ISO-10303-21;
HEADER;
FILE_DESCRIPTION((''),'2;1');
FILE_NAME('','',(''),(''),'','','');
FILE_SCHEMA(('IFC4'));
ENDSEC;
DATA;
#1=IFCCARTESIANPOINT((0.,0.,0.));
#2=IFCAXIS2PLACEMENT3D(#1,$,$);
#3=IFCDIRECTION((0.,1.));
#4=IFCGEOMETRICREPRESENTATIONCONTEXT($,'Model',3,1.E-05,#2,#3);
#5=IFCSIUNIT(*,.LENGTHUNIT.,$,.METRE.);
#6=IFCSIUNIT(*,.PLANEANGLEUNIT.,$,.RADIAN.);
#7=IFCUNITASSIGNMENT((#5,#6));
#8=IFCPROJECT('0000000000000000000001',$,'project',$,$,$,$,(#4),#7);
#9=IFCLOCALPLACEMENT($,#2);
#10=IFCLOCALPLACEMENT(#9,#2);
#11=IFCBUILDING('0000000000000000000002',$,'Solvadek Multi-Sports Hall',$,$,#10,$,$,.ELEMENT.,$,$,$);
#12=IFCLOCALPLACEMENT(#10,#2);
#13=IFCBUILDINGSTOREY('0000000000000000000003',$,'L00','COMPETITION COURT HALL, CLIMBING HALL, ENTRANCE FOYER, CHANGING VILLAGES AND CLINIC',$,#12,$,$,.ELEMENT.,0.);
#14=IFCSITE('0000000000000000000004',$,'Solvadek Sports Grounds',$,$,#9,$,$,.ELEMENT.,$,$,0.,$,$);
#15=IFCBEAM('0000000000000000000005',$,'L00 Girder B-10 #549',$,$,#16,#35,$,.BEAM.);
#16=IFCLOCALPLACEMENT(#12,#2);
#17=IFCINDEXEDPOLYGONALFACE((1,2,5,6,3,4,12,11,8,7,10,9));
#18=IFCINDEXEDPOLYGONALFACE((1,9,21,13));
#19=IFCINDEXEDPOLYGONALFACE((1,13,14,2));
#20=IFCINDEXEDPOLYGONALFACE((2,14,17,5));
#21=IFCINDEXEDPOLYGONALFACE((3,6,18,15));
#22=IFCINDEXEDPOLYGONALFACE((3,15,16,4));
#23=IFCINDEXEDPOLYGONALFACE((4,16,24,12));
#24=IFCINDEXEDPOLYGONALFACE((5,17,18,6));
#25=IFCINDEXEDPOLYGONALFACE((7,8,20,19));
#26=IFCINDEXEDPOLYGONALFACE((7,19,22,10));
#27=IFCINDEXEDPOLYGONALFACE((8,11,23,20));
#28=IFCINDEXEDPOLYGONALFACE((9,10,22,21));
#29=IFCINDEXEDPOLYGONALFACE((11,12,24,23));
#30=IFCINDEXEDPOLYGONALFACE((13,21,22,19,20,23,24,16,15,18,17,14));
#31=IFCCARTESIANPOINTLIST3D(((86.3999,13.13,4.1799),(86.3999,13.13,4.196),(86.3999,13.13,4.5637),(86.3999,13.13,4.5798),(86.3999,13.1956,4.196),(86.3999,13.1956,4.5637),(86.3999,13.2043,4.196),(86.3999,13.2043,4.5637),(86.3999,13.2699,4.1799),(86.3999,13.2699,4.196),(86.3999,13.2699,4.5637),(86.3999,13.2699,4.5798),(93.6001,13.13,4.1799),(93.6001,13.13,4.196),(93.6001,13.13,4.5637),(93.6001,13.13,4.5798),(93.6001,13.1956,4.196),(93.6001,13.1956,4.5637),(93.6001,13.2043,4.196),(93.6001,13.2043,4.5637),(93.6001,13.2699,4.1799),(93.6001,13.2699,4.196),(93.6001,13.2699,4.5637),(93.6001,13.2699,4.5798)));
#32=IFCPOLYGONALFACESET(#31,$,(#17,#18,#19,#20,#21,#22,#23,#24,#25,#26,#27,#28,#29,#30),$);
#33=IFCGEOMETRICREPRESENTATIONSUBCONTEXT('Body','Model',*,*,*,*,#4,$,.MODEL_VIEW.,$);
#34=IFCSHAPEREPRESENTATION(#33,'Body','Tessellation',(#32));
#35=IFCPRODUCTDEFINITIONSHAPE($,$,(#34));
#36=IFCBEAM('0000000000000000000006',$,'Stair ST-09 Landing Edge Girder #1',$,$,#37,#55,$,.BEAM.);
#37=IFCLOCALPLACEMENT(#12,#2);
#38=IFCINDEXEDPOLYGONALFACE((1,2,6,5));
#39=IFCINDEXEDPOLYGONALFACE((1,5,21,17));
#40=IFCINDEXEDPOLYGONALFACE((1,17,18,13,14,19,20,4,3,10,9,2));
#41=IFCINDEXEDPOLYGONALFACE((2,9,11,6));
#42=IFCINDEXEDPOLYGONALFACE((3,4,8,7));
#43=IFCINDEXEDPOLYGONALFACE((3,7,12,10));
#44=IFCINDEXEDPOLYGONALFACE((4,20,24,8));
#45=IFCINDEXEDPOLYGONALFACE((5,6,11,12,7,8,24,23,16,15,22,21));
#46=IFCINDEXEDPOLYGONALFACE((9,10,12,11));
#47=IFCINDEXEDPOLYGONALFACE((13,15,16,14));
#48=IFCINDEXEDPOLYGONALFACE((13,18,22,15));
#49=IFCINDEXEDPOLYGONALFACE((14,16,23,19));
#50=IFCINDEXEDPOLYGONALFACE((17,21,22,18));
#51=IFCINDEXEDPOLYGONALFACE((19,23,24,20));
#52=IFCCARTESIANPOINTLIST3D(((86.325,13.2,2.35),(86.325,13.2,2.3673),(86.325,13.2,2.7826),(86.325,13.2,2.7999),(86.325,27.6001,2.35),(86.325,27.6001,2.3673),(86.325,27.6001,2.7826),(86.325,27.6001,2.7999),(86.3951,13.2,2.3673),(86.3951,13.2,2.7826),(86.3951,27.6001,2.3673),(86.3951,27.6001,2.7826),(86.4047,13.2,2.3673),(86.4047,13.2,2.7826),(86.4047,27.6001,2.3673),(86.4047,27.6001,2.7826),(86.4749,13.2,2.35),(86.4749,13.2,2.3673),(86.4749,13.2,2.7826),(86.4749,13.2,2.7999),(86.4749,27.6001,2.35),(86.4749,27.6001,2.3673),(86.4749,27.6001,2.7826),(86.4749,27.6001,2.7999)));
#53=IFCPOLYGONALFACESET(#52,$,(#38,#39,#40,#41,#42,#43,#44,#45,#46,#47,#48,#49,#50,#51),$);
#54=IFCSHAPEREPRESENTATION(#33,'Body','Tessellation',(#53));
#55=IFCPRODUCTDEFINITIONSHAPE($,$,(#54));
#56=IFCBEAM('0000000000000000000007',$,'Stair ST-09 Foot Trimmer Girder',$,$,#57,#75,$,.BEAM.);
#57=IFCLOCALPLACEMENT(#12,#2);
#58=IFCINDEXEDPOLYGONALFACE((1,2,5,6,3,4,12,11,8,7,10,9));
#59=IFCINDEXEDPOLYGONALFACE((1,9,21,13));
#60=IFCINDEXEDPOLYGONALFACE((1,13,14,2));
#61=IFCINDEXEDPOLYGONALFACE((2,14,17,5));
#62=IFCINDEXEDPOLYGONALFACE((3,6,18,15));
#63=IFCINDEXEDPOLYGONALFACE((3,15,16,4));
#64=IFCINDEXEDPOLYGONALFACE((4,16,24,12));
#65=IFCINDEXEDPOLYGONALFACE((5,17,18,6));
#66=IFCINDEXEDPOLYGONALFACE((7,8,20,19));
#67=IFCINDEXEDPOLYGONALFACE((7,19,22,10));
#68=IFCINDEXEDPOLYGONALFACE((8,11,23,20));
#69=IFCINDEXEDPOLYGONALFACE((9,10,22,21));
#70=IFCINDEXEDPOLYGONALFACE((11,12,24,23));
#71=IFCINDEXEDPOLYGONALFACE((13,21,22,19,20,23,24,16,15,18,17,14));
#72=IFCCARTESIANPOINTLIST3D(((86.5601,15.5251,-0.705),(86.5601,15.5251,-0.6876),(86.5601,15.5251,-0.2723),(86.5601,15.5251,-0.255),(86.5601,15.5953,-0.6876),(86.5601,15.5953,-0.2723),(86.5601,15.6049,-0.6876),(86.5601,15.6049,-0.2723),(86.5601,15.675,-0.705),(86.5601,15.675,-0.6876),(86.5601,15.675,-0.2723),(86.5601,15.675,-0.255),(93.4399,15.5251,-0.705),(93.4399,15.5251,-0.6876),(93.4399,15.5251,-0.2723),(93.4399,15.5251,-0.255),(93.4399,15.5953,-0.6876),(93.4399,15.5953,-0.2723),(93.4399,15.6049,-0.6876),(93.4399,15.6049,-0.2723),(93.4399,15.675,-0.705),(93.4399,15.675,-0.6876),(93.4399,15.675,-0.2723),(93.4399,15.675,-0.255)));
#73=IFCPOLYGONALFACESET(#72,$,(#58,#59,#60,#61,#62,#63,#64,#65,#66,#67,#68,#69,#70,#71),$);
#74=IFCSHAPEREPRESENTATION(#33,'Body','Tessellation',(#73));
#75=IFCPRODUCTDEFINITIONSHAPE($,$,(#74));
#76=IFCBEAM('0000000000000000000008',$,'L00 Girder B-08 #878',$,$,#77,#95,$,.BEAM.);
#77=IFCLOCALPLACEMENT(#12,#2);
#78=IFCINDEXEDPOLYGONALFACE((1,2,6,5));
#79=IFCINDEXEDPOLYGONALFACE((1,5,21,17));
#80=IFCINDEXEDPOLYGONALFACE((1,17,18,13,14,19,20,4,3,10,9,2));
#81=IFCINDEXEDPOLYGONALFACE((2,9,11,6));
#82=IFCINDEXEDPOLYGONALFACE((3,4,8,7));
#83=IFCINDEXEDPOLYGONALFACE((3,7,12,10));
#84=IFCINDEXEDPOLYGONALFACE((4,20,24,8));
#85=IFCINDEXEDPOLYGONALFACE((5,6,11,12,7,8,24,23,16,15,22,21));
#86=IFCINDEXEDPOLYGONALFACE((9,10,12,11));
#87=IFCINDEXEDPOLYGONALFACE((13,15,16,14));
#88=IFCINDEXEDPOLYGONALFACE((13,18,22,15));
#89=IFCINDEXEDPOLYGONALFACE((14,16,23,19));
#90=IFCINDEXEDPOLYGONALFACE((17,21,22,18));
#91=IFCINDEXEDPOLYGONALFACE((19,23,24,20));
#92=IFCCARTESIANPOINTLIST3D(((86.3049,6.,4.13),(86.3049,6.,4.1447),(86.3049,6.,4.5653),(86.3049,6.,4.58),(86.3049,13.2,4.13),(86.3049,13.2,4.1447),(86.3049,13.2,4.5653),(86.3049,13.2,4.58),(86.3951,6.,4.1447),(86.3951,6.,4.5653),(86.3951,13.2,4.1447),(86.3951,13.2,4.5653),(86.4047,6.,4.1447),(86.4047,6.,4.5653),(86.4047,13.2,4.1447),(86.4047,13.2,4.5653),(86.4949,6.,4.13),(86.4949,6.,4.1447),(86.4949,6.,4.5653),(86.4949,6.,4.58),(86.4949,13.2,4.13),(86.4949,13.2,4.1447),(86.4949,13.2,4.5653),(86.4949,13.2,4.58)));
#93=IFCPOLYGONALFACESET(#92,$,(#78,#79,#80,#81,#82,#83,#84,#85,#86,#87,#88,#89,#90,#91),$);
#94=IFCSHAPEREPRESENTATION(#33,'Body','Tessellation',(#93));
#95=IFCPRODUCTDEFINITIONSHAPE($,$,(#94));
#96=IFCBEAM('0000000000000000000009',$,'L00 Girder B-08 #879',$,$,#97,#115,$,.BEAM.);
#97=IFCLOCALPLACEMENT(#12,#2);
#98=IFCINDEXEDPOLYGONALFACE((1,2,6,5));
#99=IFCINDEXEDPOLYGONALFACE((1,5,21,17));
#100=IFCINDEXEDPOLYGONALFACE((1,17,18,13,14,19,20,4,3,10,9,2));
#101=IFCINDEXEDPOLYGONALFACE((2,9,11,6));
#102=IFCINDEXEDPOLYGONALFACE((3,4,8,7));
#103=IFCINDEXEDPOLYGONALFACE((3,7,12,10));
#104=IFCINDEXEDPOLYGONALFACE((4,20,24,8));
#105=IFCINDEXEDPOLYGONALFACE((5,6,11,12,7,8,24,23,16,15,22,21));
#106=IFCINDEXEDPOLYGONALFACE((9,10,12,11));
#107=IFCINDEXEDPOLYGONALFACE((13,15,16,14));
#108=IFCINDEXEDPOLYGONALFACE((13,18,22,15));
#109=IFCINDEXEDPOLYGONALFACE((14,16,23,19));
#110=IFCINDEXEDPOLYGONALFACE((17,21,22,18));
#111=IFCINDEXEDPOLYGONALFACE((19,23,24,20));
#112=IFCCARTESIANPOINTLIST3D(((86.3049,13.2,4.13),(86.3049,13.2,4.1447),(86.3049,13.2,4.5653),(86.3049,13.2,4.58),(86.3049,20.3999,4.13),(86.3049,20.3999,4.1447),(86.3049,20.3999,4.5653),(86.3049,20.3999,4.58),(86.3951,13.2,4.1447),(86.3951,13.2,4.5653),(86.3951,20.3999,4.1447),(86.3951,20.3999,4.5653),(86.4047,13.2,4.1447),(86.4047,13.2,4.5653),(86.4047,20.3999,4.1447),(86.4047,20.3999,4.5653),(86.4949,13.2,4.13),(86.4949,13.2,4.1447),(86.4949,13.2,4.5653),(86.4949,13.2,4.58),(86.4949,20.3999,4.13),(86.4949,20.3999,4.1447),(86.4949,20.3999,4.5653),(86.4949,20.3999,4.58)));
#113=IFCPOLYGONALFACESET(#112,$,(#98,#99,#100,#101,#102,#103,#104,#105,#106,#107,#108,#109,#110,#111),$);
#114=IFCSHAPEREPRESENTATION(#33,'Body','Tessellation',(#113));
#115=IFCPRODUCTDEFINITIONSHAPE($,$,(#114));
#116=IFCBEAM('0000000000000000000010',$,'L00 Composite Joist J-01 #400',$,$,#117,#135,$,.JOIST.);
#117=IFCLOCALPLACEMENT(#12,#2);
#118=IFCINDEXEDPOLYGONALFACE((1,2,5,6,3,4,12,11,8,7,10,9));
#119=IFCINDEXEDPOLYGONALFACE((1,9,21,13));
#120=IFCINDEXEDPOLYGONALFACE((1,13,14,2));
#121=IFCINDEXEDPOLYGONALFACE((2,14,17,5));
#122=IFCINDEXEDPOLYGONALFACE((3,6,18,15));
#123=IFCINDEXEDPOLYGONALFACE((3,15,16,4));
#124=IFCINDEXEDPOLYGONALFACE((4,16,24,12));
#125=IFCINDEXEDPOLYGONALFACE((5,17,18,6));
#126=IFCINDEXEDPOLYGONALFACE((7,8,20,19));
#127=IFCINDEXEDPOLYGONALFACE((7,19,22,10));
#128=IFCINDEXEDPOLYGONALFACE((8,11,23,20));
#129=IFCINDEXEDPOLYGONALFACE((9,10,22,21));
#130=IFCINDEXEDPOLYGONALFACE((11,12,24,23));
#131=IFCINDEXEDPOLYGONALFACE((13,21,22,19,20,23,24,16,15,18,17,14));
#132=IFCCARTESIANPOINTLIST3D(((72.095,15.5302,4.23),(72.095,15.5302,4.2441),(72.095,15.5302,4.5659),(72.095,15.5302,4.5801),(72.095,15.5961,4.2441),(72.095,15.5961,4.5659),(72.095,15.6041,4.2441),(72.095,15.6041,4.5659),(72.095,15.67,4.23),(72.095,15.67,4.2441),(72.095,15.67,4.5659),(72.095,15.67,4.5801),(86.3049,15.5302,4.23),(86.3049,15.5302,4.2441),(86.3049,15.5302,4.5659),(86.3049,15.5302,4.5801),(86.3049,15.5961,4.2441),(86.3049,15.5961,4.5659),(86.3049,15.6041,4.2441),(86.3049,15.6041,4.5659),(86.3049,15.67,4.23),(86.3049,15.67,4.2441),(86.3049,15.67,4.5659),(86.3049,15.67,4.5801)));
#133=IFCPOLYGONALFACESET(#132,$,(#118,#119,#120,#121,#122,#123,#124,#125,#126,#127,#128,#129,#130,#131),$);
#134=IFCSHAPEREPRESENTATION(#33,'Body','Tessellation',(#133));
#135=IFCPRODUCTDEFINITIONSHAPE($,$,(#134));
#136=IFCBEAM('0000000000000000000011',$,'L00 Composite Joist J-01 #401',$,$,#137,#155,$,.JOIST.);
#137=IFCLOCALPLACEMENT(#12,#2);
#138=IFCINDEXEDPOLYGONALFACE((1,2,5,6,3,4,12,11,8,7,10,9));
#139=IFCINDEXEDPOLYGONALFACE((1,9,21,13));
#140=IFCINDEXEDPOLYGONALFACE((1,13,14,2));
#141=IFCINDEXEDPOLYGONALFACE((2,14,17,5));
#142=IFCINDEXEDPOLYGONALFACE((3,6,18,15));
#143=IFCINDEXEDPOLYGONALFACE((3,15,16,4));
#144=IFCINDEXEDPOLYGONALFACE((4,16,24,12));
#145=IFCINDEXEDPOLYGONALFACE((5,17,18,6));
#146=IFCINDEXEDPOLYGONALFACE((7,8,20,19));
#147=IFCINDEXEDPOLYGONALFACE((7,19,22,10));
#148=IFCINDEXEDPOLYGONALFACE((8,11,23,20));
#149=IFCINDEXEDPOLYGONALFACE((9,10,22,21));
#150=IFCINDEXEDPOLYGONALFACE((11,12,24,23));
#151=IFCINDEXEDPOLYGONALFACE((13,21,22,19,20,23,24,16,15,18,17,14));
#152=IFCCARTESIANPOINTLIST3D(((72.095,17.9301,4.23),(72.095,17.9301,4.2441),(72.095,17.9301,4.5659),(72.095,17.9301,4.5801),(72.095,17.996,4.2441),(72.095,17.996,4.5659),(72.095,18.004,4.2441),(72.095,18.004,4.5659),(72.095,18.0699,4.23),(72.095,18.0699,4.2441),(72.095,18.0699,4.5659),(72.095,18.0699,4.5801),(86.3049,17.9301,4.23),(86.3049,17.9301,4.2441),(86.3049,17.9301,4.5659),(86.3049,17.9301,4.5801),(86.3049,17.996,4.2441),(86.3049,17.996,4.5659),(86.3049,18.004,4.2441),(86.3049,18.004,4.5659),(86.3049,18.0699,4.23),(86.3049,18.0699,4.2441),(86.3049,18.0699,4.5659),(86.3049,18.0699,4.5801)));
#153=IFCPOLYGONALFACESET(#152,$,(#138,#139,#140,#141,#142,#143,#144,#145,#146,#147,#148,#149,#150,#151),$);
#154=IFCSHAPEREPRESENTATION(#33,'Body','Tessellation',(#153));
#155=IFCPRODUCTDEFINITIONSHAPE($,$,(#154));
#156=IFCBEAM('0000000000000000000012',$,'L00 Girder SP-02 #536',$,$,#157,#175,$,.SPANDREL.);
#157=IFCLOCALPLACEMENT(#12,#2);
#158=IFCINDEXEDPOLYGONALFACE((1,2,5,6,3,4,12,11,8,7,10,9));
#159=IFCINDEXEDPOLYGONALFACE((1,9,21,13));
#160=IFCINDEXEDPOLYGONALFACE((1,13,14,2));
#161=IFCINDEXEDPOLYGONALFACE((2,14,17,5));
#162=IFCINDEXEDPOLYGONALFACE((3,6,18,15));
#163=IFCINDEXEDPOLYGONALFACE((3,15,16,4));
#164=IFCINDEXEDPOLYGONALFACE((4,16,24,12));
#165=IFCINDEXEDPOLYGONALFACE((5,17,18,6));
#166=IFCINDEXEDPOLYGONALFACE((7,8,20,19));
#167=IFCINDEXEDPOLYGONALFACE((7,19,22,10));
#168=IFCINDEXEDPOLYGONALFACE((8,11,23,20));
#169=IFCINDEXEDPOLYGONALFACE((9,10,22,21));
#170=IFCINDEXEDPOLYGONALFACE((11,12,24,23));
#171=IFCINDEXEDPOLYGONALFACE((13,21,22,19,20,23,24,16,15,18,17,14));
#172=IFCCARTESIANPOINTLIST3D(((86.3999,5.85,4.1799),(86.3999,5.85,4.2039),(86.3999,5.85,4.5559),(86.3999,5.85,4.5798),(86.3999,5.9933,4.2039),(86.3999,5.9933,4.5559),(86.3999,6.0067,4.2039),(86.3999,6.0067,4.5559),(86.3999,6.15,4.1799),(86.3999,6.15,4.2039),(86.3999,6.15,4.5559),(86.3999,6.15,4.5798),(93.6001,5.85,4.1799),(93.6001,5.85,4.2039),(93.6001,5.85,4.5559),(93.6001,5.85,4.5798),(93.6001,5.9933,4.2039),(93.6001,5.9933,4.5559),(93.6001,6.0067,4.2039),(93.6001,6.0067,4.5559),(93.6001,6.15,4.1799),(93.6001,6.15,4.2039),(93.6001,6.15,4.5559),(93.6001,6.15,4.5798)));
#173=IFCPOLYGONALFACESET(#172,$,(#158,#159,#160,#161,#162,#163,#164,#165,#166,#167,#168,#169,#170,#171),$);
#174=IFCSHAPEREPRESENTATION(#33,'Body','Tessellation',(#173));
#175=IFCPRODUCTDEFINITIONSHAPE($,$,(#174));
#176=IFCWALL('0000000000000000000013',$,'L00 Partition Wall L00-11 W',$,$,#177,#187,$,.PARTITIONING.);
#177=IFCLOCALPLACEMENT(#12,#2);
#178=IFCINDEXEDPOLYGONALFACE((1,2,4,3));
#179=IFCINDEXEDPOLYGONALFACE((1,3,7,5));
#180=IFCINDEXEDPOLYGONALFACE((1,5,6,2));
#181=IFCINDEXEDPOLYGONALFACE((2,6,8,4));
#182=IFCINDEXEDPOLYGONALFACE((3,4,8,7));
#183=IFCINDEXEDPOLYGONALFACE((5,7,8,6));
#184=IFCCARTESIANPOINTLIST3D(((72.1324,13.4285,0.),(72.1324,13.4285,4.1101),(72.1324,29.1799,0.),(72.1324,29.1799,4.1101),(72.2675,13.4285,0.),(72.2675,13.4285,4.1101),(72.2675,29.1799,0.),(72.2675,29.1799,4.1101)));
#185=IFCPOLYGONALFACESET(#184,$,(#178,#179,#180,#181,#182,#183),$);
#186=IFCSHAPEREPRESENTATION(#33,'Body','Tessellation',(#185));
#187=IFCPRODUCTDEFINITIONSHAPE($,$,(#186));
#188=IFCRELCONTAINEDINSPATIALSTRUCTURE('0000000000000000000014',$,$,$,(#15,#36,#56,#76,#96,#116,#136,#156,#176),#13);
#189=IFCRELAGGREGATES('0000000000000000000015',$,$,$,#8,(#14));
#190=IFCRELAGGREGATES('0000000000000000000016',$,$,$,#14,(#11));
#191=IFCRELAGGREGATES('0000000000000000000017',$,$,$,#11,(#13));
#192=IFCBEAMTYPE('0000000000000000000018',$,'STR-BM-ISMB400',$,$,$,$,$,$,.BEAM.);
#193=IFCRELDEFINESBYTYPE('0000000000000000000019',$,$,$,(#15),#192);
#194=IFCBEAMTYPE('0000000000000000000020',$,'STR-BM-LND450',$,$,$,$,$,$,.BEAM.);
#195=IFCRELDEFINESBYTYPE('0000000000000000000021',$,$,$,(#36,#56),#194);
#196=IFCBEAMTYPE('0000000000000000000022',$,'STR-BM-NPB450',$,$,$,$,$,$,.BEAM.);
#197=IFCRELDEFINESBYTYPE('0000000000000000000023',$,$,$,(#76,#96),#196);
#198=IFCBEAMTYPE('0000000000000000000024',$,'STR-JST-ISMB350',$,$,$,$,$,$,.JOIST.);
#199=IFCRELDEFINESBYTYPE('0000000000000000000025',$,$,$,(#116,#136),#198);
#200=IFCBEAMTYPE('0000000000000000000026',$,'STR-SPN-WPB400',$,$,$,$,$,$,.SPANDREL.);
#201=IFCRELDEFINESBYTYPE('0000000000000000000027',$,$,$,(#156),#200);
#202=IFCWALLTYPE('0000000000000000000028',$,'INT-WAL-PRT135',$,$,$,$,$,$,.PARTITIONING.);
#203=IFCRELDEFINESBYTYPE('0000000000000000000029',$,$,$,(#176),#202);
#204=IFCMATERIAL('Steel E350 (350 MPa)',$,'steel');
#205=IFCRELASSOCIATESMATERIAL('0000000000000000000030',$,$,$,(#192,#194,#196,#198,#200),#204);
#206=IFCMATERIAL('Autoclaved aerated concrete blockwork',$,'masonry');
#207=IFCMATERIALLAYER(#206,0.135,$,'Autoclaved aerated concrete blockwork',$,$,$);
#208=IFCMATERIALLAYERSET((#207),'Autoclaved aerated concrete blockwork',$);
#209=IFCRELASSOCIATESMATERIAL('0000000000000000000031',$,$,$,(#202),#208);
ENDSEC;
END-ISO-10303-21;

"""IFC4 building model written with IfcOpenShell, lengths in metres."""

from ifc_helpers import new_model, si_unit, direction, frame, frame_2d, origin, origin_2d, place, context, subcontext, project, spatial, rectangle, i_section, extrude, material, layer, layer_set, material_profile, profile_set, type_object, element, save


model = new_model("IFC4")

# Units and contexts
model_context = context("Model", 3, precision=1e-05, world=origin(), true_north=direction((0.0, 1.0)))
body_context = subcontext(model_context, "Body", "Model", "MODEL_VIEW")
ifc_project = project(units=[si_unit("LENGTHUNIT", "METRE"), si_unit("PLANEANGLEUNIT", "RADIAN")], contexts=[model_context])

# Site, building, storey
site_placement = place(None, origin())
site = spatial("IfcSite", under=ifc_project, at=site_placement, Name="Solvadek Sports Grounds", CompositionType="ELEMENT", RefElevation=0.0)
building_placement = place(site_placement, origin())
building = spatial("IfcBuilding", under=site, at=building_placement, Name="Solvadek Multi-Sports Hall", CompositionType="ELEMENT")
storey_placement = place(building_placement, origin())
storey = spatial("IfcBuildingStorey", under=building, at=storey_placement, Name="L00", Description="COMPETITION COURT HALL, CLIMBING HALL, ENTRANCE FOYER, CHANGING VILLAGES AND CLINIC", CompositionType="ELEMENT", Elevation=0.0)

# Shared definitions
ifc_material_1 = material(Name="Steel E350 (350 MPa)", Category="steel")

# Beams
ifc_material_profile_1 = material_profile(ifc_material_1, i_section(OverallWidth=0.1399, OverallDepth=0.3999, WebThickness=0.0088, FlangeThickness=0.0161, at=origin_2d()), Name="ISMB 400")
ifc_profile_set_1 = profile_set([ifc_material_profile_1], Name="Steel E350 (350 MPa)")
beam_type_1 = type_object("IfcBeamType", Name="STR-BM-ISMB400", PredefinedType="BEAM", material=ifc_profile_set_1)
beam_1_placement = place(storey_placement, frame((86.3999, 13.2, 4.3799), z_axis=(1.0, 0.0, 0.0), x_axis=(0.0, 1.0, 0.0)))
element("IfcBeam", 1, at=beam_1_placement, inside=storey, type_object=beam_type_1, Name="L00 Girder B-10 #549", PredefinedType="BEAM", context=body_context, shape_type="SweptSolid", body=[
    extrude(i_section(OverallWidth=0.1399, OverallDepth=0.3999, WebThickness=0.0088, FlangeThickness=0.0161, at=origin_2d()), origin(), (0.0, 0.0, 1.0), 7.2002),
])
ifc_material_profile_2 = material_profile(ifc_material_1, i_section(OverallWidth=0.1499, OverallDepth=0.45, WebThickness=0.0095, FlangeThickness=0.0173, at=origin_2d()), Name="ISMB 450")
ifc_profile_set_2 = profile_set([ifc_material_profile_2], Name="Steel E350 (350 MPa)")
beam_type_2 = type_object("IfcBeamType", Name="STR-BM-LND450", PredefinedType="BEAM", material=ifc_profile_set_2)
beam_2_placement = place(storey_placement, frame((86.3999, 13.2, 2.575), z_axis=(0.0, 1.0, 0.0), x_axis=(-1.0, 0.0, 0.0)))
element("IfcBeam", 2, at=beam_2_placement, inside=storey, type_object=beam_type_2, Name="Stair ST-09 Landing Edge Girder #1", PredefinedType="BEAM", context=body_context, shape_type="SweptSolid", body=[
    extrude(i_section(OverallWidth=0.1499, OverallDepth=0.45, WebThickness=0.0095, FlangeThickness=0.0173, at=origin_2d()), origin(), (0.0, 0.0, 1.0), 14.4001),
])
beam_3_placement = place(storey_placement, frame((86.5601, 15.6001, -0.48), z_axis=(1.0, 0.0, 0.0), x_axis=(0.0, 1.0, 0.0)))
element("IfcBeam", 3, at=beam_3_placement, inside=storey, type_object=beam_type_2, Name="Stair ST-09 Foot Trimmer Girder", PredefinedType="BEAM", context=body_context, shape_type="SweptSolid", body=[
    extrude(i_section(OverallWidth=0.1499, OverallDepth=0.45, WebThickness=0.0095, FlangeThickness=0.0173, at=origin_2d()), origin(), (0.0, 0.0, 1.0), 6.8799),
])
ifc_material_profile_3 = material_profile(ifc_material_1, i_section(OverallWidth=0.1899, OverallDepth=0.45, WebThickness=0.0095, FlangeThickness=0.0146, at=origin_2d()), Name="NPB 450")
ifc_profile_set_3 = profile_set([ifc_material_profile_3], Name="Steel E350 (350 MPa)")
beam_type_3 = type_object("IfcBeamType", Name="STR-BM-NPB450", PredefinedType="BEAM", material=ifc_profile_set_3)
for number, where, z_axis, x_axis, name in (
    (4, (86.3999, 6.0, 4.355), (0.0, 1.0, 0.0), (-1.0, 0.0, 0.0), "L00 Girder B-08 #878"),
    (5, (86.3999, 13.2, 4.355), (0.0, 1.0, 0.0), (-1.0, 0.0, 0.0), "L00 Girder B-08 #879"),
):
    element("IfcBeam", number, at=place(storey_placement, frame(where, z_axis=z_axis, x_axis=x_axis)), inside=storey, type_object=beam_type_3, Name=name, PredefinedType="BEAM", context=body_context, shape_type="SweptSolid", body=[
        extrude(i_section(OverallWidth=0.1899, OverallDepth=0.45, WebThickness=0.0095, FlangeThickness=0.0146, at=origin_2d()), origin(), (0.0, 0.0, 1.0), 7.2),
    ])
ifc_material_profile_4 = material_profile(ifc_material_1, i_section(OverallWidth=0.1399, OverallDepth=0.3501, WebThickness=0.0081, FlangeThickness=0.0142, at=origin_2d()), Name="ISMB 350")
ifc_profile_set_4 = profile_set([ifc_material_profile_4], Name="Steel E350 (350 MPa)")
beam_type_4 = type_object("IfcBeamType", Name="STR-JST-ISMB350", PredefinedType="JOIST", material=ifc_profile_set_4)
for number, where, z_axis, x_axis, name in (
    (6, (72.095, 15.6001, 4.405), (1.0, 0.0, 0.0), (0.0, 1.0, 0.0), "L00 Composite Joist J-01 #400"),
    (7, (72.095, 18.0, 4.405), (1.0, 0.0, 0.0), (0.0, 1.0, 0.0), "L00 Composite Joist J-01 #401"),
):
    element("IfcBeam", number, at=place(storey_placement, frame(where, z_axis=z_axis, x_axis=x_axis)), inside=storey, type_object=beam_type_4, Name=name, PredefinedType="JOIST", context=body_context, shape_type="SweptSolid", body=[
        extrude(i_section(OverallWidth=0.1399, OverallDepth=0.3501, WebThickness=0.0081, FlangeThickness=0.0142, at=origin_2d()), origin(), (0.0, 0.0, 1.0), 14.21),
    ])
ifc_material_profile_5 = material_profile(ifc_material_1, i_section(OverallWidth=0.3, OverallDepth=0.3999, WebThickness=0.0134, FlangeThickness=0.0239, at=origin_2d()), Name="WPB 400")
ifc_profile_set_5 = profile_set([ifc_material_profile_5], Name="Steel E350 (350 MPa)")
beam_type_5 = type_object("IfcBeamType", Name="STR-SPN-WPB400", PredefinedType="SPANDREL", material=ifc_profile_set_5)
beam_4_placement = place(storey_placement, frame((86.3999, 6.0, 4.3799), z_axis=(1.0, 0.0, 0.0), x_axis=(0.0, 1.0, 0.0)))
element("IfcBeam", 8, at=beam_4_placement, inside=storey, type_object=beam_type_5, Name="L00 Girder SP-02 #536", PredefinedType="SPANDREL", context=body_context, shape_type="SweptSolid", body=[
    extrude(i_section(OverallWidth=0.3, OverallDepth=0.3999, WebThickness=0.0134, FlangeThickness=0.0239, at=origin_2d()), origin(), (0.0, 0.0, 1.0), 7.2002),
])

# Wall
ifc_material_2 = material(Name="Autoclaved aerated concrete blockwork", Category="masonry")
ifc_layer_1 = layer(ifc_material_2, 0.135, Name="Autoclaved aerated concrete blockwork")
ifc_layer_set_1 = layer_set([ifc_layer_1], Name="Autoclaved aerated concrete blockwork")
wall_type_1 = type_object("IfcWallType", Name="INT-WAL-PRT135", PredefinedType="PARTITIONING", material=ifc_layer_set_1)
wall_1_placement = place(storey_placement, frame((72.2, 13.4285, 0.0), z_axis=(0.0, 0.0, 1.0), x_axis=(0.0, 1.0, 0.0)))
element("IfcWall", 9, at=wall_1_placement, inside=storey, type_object=wall_type_1, Name="L00 Partition Wall L00-11 W", PredefinedType="PARTITIONING", context=body_context, shape_type="SweptSolid", body=[
    extrude(rectangle(XDim=15.7515, YDim=0.135, at=frame_2d((7.8757, 0.0))), origin(), (0.0, 0.0, 1.0), 4.1101),
])

save(model, "model.ifc")
